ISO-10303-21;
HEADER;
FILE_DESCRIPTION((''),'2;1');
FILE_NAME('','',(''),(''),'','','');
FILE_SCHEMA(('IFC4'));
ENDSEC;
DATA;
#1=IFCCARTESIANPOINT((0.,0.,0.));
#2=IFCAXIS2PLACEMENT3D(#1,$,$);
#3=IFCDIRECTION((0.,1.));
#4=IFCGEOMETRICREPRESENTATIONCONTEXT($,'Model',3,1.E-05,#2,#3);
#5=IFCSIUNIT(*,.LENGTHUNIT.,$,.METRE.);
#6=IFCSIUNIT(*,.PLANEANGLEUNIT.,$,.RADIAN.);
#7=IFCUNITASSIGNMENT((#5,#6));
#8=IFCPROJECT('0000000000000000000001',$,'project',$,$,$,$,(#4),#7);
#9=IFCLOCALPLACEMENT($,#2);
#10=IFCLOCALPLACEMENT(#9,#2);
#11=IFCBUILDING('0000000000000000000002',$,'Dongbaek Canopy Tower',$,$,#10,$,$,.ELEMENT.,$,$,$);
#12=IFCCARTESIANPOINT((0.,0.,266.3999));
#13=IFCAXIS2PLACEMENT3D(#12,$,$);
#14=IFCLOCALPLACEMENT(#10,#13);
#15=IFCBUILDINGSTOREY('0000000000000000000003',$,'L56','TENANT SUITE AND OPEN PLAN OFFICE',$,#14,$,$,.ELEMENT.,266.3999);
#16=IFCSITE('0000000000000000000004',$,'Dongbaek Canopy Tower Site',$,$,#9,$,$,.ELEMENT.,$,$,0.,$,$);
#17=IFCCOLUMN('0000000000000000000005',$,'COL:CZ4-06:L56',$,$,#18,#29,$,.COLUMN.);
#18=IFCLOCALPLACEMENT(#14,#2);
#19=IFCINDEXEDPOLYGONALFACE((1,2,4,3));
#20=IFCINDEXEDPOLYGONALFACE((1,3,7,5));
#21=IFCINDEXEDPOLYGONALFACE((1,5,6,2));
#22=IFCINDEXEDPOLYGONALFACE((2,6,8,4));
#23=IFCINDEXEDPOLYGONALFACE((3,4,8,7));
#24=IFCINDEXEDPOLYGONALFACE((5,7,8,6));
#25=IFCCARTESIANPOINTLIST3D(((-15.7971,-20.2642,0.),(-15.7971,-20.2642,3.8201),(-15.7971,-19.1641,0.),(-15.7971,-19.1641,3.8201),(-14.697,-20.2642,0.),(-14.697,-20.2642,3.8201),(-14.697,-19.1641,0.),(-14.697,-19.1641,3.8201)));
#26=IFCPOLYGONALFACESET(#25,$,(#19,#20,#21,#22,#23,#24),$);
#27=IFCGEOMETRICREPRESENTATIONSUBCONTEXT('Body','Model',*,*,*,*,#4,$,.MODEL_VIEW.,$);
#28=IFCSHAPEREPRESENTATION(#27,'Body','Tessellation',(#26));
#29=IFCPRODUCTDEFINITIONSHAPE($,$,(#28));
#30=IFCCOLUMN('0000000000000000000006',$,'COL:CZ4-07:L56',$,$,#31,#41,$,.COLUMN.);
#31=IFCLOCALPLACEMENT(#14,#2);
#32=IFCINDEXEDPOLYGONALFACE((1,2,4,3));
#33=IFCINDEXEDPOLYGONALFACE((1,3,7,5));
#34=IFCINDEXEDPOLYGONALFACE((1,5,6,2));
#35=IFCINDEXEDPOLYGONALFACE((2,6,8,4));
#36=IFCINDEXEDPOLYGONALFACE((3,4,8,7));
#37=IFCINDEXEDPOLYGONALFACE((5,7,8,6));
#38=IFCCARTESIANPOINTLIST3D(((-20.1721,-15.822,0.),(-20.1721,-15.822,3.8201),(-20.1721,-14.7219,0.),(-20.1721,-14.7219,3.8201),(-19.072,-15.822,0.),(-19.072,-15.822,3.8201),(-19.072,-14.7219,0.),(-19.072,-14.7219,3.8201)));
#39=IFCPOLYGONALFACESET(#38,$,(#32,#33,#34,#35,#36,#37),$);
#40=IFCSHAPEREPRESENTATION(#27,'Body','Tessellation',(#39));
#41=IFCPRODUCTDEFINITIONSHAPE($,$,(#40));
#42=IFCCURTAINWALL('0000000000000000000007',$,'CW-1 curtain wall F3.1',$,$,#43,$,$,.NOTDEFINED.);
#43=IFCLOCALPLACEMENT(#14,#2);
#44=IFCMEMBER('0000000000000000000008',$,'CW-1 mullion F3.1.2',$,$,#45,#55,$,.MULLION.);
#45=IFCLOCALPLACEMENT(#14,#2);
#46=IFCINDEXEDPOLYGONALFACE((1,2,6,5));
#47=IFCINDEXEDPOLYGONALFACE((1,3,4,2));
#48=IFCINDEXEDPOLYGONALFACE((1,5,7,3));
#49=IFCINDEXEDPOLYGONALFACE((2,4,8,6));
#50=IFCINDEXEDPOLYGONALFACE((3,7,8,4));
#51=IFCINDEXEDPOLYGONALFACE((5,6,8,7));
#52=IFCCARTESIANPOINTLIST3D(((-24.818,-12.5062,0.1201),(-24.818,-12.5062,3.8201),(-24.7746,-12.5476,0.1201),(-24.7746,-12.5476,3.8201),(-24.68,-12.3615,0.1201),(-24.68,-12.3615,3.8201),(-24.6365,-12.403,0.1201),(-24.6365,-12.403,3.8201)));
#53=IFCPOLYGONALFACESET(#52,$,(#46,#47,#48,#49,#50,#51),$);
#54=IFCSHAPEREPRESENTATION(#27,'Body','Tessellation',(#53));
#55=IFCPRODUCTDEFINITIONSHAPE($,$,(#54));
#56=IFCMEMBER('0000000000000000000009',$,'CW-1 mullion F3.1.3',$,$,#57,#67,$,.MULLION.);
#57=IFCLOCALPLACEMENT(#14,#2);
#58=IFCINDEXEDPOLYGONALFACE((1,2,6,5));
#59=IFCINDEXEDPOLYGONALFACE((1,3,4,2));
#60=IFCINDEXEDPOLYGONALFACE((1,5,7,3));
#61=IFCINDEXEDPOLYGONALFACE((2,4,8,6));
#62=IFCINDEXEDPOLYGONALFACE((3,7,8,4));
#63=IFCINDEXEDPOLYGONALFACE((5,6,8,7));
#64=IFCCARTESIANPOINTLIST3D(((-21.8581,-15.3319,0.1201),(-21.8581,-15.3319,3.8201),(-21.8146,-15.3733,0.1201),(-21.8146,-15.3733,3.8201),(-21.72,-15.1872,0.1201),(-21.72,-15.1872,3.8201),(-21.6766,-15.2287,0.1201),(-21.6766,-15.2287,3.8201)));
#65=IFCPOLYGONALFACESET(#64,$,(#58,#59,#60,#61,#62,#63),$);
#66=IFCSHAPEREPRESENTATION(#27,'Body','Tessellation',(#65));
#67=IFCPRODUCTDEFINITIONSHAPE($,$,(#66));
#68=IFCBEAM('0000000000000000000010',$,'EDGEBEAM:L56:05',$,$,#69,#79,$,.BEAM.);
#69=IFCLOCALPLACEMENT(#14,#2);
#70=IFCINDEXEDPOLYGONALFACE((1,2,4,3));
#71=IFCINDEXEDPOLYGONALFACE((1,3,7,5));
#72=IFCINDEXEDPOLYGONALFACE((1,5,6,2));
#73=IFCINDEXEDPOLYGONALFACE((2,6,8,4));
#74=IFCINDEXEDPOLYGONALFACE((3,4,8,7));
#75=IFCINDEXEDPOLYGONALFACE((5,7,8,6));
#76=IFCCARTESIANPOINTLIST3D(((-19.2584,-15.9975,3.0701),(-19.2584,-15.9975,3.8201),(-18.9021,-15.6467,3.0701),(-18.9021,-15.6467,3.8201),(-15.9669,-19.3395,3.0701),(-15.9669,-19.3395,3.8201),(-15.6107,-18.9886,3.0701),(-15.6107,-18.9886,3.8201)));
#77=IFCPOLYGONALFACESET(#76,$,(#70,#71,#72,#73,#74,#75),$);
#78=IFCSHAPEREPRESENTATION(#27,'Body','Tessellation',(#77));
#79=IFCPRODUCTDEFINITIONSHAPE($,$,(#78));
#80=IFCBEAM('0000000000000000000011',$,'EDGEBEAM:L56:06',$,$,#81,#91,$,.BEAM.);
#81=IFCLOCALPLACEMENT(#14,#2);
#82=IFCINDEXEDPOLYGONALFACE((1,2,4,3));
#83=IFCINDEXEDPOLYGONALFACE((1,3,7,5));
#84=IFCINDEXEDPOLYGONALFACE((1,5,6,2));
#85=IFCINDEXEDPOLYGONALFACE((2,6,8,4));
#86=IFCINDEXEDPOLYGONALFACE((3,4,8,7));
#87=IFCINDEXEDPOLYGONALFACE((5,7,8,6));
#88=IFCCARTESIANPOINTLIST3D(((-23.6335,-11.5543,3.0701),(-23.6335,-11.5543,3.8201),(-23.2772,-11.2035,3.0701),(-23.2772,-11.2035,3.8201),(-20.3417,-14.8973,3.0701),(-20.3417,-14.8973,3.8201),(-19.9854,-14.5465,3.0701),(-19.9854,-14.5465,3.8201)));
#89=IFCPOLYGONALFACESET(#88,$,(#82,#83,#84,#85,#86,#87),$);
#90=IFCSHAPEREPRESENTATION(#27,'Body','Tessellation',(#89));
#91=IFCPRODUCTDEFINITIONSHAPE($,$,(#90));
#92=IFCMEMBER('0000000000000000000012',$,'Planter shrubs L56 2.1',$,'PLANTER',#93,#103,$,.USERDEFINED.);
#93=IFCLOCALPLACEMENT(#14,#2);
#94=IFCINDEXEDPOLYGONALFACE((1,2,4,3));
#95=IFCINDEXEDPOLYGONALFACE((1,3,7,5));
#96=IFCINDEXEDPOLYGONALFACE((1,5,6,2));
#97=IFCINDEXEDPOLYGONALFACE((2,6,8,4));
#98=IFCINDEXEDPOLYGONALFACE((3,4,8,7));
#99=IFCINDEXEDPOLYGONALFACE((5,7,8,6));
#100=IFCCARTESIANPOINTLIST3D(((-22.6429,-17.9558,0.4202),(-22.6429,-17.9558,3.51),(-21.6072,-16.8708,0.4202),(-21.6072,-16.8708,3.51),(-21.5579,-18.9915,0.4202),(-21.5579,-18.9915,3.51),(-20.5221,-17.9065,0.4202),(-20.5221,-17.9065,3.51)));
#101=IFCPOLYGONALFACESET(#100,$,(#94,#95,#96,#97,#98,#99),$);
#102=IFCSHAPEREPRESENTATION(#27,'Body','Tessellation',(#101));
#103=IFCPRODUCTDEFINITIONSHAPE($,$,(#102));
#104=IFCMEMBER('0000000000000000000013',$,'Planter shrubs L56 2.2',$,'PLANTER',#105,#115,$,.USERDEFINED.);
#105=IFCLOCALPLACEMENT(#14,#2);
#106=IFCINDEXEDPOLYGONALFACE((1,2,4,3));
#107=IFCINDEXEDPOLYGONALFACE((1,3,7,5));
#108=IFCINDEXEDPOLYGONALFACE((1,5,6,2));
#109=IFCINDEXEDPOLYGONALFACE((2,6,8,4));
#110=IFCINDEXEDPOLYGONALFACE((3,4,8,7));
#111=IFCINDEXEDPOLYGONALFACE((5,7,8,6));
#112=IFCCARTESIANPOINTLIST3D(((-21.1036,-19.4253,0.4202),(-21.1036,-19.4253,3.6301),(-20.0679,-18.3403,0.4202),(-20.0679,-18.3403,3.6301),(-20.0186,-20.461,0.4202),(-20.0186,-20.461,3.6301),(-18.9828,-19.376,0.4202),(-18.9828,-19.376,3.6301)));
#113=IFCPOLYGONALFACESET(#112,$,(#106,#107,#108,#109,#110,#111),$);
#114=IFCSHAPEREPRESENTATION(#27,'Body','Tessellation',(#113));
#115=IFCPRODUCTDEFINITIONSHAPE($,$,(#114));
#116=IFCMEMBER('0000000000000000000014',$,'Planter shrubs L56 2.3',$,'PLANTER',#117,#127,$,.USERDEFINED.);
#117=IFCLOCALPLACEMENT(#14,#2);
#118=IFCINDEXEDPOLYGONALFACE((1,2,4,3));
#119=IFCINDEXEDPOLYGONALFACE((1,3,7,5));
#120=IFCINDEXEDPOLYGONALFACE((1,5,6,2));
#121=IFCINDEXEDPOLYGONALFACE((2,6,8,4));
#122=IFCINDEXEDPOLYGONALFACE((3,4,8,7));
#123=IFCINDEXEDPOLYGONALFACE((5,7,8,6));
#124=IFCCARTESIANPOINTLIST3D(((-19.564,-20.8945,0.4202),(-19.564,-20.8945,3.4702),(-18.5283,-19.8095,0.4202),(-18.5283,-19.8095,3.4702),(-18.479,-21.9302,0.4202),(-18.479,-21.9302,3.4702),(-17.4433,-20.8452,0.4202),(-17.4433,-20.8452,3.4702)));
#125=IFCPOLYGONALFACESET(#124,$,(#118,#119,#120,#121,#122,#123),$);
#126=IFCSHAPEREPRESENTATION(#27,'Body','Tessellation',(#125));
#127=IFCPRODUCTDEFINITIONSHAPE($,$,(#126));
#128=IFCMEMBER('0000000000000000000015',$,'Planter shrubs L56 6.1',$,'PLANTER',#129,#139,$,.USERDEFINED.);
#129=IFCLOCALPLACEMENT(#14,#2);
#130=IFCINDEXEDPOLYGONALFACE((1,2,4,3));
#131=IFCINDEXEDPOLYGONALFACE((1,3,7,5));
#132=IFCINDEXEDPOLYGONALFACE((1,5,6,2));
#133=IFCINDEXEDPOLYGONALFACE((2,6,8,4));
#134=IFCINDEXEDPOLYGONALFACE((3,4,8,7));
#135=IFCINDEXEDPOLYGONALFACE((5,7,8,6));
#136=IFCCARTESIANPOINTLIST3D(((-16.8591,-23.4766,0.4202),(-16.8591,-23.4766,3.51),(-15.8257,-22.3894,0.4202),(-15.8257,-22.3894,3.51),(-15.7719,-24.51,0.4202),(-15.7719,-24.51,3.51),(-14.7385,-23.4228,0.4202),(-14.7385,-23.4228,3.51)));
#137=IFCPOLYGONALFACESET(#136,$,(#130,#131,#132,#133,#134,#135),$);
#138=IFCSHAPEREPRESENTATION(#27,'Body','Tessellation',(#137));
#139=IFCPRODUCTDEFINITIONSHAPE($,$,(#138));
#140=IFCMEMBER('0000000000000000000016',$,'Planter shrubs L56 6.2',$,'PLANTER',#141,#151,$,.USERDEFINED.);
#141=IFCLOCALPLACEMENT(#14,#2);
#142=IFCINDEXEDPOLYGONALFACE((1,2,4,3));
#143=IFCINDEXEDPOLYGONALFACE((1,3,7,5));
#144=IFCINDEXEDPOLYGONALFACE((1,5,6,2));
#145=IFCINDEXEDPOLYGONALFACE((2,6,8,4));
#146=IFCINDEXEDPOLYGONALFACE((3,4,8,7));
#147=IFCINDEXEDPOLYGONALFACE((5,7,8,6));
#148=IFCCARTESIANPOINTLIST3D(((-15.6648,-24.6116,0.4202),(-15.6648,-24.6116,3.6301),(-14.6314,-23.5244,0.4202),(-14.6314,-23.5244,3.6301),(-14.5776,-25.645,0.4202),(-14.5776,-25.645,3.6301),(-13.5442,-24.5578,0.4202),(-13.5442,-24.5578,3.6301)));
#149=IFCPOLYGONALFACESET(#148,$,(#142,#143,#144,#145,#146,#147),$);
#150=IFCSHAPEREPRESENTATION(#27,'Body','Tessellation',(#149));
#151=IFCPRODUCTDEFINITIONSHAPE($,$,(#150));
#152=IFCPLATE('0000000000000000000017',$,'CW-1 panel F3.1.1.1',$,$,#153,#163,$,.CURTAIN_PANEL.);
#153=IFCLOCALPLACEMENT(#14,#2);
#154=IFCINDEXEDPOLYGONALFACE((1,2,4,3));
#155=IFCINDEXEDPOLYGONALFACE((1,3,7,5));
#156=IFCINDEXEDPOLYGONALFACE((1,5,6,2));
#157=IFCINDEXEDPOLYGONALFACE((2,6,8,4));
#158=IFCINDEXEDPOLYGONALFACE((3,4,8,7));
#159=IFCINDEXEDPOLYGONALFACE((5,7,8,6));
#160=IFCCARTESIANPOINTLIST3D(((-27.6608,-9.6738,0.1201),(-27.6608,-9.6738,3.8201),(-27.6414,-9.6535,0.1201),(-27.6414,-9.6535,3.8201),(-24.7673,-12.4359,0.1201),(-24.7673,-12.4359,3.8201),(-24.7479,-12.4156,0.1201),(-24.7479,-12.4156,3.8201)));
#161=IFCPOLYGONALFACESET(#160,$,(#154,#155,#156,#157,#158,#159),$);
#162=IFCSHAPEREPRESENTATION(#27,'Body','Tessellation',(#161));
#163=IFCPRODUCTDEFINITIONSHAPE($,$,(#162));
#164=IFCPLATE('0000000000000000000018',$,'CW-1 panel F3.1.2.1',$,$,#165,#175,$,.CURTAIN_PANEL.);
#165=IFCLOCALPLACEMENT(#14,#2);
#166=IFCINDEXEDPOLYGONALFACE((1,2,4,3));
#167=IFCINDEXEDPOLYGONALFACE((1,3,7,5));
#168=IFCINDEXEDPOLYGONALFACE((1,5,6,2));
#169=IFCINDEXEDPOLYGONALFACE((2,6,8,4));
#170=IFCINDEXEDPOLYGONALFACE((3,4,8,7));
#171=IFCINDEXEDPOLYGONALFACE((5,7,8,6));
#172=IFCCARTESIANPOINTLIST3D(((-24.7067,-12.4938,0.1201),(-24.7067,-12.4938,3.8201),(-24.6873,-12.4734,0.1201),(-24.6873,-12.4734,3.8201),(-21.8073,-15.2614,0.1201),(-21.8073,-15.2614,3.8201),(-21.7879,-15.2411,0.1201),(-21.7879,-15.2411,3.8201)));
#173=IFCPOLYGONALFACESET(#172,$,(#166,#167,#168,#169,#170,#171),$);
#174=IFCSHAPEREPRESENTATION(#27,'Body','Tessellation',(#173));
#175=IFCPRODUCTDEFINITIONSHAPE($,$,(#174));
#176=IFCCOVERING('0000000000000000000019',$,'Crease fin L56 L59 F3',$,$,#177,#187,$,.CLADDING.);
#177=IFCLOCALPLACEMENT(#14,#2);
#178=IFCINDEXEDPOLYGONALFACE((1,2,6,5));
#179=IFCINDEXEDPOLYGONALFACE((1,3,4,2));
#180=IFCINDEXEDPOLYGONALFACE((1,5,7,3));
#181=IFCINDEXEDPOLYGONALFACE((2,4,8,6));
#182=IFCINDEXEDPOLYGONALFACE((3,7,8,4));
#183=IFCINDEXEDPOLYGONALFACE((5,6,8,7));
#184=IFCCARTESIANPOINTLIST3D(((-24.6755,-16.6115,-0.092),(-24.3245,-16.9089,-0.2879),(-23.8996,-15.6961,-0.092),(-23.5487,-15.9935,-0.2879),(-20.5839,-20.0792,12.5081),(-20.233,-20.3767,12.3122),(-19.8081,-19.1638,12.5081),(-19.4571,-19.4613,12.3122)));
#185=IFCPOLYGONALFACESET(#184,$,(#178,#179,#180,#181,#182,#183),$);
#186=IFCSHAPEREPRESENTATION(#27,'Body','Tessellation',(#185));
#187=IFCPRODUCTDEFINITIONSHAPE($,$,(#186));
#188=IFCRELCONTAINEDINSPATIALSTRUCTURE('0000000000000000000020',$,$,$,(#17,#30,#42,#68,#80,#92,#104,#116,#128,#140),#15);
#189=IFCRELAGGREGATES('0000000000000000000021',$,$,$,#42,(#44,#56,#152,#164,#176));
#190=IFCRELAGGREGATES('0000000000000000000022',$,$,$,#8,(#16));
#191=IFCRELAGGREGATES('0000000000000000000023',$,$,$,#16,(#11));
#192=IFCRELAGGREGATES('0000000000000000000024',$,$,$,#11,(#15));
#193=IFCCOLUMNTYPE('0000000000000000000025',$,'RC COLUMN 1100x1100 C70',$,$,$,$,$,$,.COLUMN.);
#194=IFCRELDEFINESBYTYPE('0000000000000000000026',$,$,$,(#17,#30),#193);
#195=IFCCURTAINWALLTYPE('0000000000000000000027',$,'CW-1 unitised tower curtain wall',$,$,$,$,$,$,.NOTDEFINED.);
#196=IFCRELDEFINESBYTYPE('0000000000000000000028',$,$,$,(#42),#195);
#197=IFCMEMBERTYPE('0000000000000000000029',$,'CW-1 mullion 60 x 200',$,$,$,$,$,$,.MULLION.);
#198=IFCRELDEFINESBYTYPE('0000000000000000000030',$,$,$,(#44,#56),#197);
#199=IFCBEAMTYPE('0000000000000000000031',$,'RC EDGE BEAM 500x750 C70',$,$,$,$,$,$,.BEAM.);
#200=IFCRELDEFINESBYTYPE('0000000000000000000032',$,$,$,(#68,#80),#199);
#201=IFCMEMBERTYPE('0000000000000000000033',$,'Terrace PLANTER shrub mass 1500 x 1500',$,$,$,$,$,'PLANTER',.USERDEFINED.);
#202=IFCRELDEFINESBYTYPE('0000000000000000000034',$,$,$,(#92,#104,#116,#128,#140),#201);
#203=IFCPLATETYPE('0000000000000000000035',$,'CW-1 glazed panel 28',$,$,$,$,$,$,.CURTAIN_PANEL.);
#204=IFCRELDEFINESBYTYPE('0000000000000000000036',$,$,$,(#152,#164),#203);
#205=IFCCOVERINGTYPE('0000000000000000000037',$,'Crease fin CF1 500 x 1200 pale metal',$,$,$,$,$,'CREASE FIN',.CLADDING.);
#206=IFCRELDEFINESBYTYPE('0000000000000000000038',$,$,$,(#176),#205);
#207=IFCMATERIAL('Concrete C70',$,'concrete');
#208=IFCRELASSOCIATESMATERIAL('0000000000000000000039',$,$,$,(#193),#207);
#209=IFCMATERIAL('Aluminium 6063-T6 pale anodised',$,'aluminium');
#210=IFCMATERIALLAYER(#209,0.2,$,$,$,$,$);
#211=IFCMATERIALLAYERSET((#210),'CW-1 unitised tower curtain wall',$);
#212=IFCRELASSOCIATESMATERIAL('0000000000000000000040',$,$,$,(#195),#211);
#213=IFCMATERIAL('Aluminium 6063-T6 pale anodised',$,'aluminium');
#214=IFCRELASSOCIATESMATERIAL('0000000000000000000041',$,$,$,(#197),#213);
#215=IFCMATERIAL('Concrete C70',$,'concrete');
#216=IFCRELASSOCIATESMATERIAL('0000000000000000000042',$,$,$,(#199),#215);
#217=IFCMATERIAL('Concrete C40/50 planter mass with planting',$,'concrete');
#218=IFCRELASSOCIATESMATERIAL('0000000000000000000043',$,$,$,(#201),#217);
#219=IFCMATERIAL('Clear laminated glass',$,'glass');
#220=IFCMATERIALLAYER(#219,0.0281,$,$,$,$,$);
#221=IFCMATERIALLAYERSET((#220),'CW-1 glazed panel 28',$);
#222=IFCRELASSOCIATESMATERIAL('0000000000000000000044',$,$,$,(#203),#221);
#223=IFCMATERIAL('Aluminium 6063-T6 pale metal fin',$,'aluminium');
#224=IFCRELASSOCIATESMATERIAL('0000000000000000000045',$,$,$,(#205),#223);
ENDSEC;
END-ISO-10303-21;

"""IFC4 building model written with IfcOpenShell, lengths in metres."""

from ifc_helpers import new_model, si_unit, direction, frame, origin, origin_2d, place, context, subcontext, project, spatial, rectangle, extrude, material, layer, layer_set, material_profile, profile_set, type_object, element, aggregate, save


model = new_model("IFC4")

# Units and contexts
model_context = context("Model", 3, precision=1e-05, world=origin(), true_north=direction((0.0, 1.0)))
body_context = subcontext(model_context, "Body", "Model", "MODEL_VIEW")
ifc_project = project(units=[si_unit("LENGTHUNIT", "METRE"), si_unit("PLANEANGLEUNIT", "RADIAN")], contexts=[model_context])

# Site, building, storey
site_placement = place(None, origin())
site = spatial("IfcSite", under=ifc_project, at=site_placement, Name="Dongbaek Canopy Tower Site", CompositionType="ELEMENT", RefElevation=0.0)
building_placement = place(site_placement, origin())
building = spatial("IfcBuilding", under=site, at=building_placement, Name="Dongbaek Canopy Tower", CompositionType="ELEMENT")
storey_placement = place(building_placement, frame((0.0, 0.0, 266.3999)))
storey = spatial("IfcBuildingStorey", under=building, at=storey_placement, Name="L56", Description="TENANT SUITE AND OPEN PLAN OFFICE", CompositionType="ELEMENT", Elevation=266.3999)

# Columns
ifc_material_1 = material(Name="Concrete C70", Category="concrete")
ifc_material_profile_1 = material_profile(ifc_material_1, rectangle(XDim=1.1001, YDim=1.1001, at=origin_2d()), Name="RC COLUMN 1100x1100 C70")
ifc_profile_set_1 = profile_set([ifc_material_profile_1], Name="Concrete C70")
column_type = type_object("IfcColumnType", Name="RC COLUMN 1100x1100 C70", PredefinedType="COLUMN", material=ifc_profile_set_1)
for number, where, z_axis, x_axis, name in (
    (1, (-15.2471, -19.7141, 0.0), (0.0, 0.0, 1.0), (1.0, 0.0, 0.0), "COL:CZ4-06:L56"),
    (2, (-19.6221, -15.272, 0.0), (0.0, 0.0, 1.0), (1.0, 0.0, 0.0), "COL:CZ4-07:L56"),
):
    element("IfcColumn", number, at=place(storey_placement, frame(where, z_axis=z_axis, x_axis=x_axis)), inside=storey, type_object=column_type, Name=name, PredefinedType="COLUMN", context=body_context, shape_type="SweptSolid", body=[
        extrude(rectangle(XDim=1.1001, YDim=1.1001, at=origin_2d()), origin(), (0.0, 0.0, 1.0), 3.8201),
    ])

# Curtain wall, members
ifc_material_2 = material(Name="Aluminium 6063-T6 pale anodised", Category="aluminium")
ifc_layer_1 = layer(ifc_material_2, 0.2)
ifc_layer_set_1 = layer_set([ifc_layer_1], Name="CW-1 unitised tower curtain wall")
curtain_wall_type = type_object("IfcCurtainWallType", Name="CW-1 unitised tower curtain wall", PredefinedType="NOTDEFINED", material=ifc_layer_set_1)
curtain_wall_placement = place(storey_placement, origin())
curtain_wall = element("IfcCurtainWall", 3, at=curtain_wall_placement, inside=storey, type_object=curtain_wall_type, Name="CW-1 curtain wall F3.1", PredefinedType="NOTDEFINED")
ifc_material_3 = material(Name="Aluminium 6063-T6 pale anodised", Category="aluminium")
ifc_material_profile_2 = material_profile(ifc_material_3, rectangle(XDim=0.2, YDim=0.0601, at=origin_2d()), Name="CW-1 mullion 60 x 200")
ifc_profile_set_2 = profile_set([ifc_material_profile_2], Name="Aluminium 6063-T6 pale anodised")
member_type_1 = type_object("IfcMemberType", Name="CW-1 mullion 60 x 200", PredefinedType="MULLION", material=ifc_profile_set_2)
member_1_placement = place(storey_placement, frame((-24.7273, -12.4546, 0.1201), z_axis=(0.0, 0.0, 1.0), x_axis=(-0.690482, -0.72335, 0.0)))
member_1 = element("IfcMember", 4, at=member_1_placement, type_object=member_type_1, Name="CW-1 mullion F3.1.2", PredefinedType="MULLION", context=body_context, shape_type="SweptSolid", body=[
    extrude(rectangle(XDim=0.2, YDim=0.0601, at=origin_2d()), origin(), (0.0, 0.0, 1.0), 3.7),
])
member_2_placement = place(storey_placement, frame((-21.7673, -15.2803, 0.1201), z_axis=(0.0, 0.0, 1.0), x_axis=(-0.690482, -0.72335, 0.0)))
member_2 = element("IfcMember", 5, at=member_2_placement, type_object=member_type_1, Name="CW-1 mullion F3.1.3", PredefinedType="MULLION", context=body_context, shape_type="SweptSolid", body=[
    extrude(rectangle(XDim=0.2, YDim=0.0601, at=origin_2d()), origin(), (0.0, 0.0, 1.0), 3.7),
])

# Beams
ifc_material_4 = material(Name="Concrete C70", Category="concrete")
ifc_material_profile_3 = material_profile(ifc_material_4, rectangle(XDim=0.5, YDim=0.75, at=origin_2d()), Name="RC EDGE BEAM 500x750 C70")
ifc_profile_set_3 = profile_set([ifc_material_profile_3], Name="Concrete C70")
beam_type = type_object("IfcBeamType", Name="RC EDGE BEAM 500x750 C70", PredefinedType="BEAM", material=ifc_profile_set_3)
beam_1_placement = place(storey_placement, frame((-15.7888, -19.1641, 3.4451), z_axis=(-0.701699, 0.712473, 0.0), x_axis=(-0.712473, -0.701699, 0.0)))
element("IfcBeam", 6, at=beam_1_placement, inside=storey, type_object=beam_type, Name="EDGEBEAM:L56:05", PredefinedType="BEAM", context=body_context, shape_type="SweptSolid", body=[
    extrude(rectangle(XDim=0.5, YDim=0.75, at=origin_2d()), origin(), (0.0, 0.0, 1.0), 4.6907),
])
beam_2_placement = place(storey_placement, frame((-20.1636, -14.7219, 3.4451), z_axis=(-0.701622, 0.71255, 0.0), x_axis=(-0.71255, -0.701622, 0.0)))
element("IfcBeam", 7, at=beam_2_placement, inside=storey, type_object=beam_type, Name="EDGEBEAM:L56:06", PredefinedType="BEAM", context=body_context, shape_type="SweptSolid", body=[
    extrude(rectangle(XDim=0.5, YDim=0.75, at=origin_2d()), origin(), (0.0, 0.0, 1.0), 4.6917),
])

# Members
ifc_material_5 = material(Name="Concrete C40/50 planter mass with planting", Category="concrete")
ifc_material_profile_4 = material_profile(ifc_material_5, rectangle(XDim=1.5, YDim=1.5, at=origin_2d()), Name="Terrace PLANTER shrub mass 1500 x 1500")
ifc_profile_set_4 = profile_set([ifc_material_profile_4], Name="Concrete C40/50 planter mass with planting")
member_type_2 = type_object("IfcMemberType", Name="Terrace PLANTER shrub mass 1500 x 1500", ElementType="PLANTER", PredefinedType="USERDEFINED", material=ifc_profile_set_4)
member_3_placement = place(storey_placement, frame((-21.5825, -17.9312, 0.4202), z_axis=(0.0, 0.0, 1.0), x_axis=(-0.690482, -0.72335, 0.0)))
element("IfcMember", 8, at=member_3_placement, inside=storey, type_object=member_type_2, Name="Planter shrubs L56 2.1", ObjectType="PLANTER", PredefinedType="USERDEFINED", context=body_context, shape_type="SweptSolid", body=[
    extrude(rectangle(XDim=1.5, YDim=1.5, at=origin_2d()), origin(), (0.0, 0.0, 1.0), 3.0898),
])
member_4_placement = place(storey_placement, frame((-20.0432, -19.4006, 0.4202), z_axis=(0.0, 0.0, 1.0), x_axis=(-0.690482, -0.72335, 0.0)))
element("IfcMember", 9, at=member_4_placement, inside=storey, type_object=member_type_2, Name="Planter shrubs L56 2.2", ObjectType="PLANTER", PredefinedType="USERDEFINED", context=body_context, shape_type="SweptSolid", body=[
    extrude(rectangle(XDim=1.5, YDim=1.5, at=origin_2d()), origin(), (0.0, 0.0, 1.0), 3.21),
])
member_5_placement = place(storey_placement, frame((-18.5037, -20.8699, 0.4202), z_axis=(0.0, 0.0, 1.0), x_axis=(-0.690482, -0.72335, 0.0)))
element("IfcMember", 10, at=member_5_placement, inside=storey, type_object=member_type_2, Name="Planter shrubs L56 2.3", ObjectType="PLANTER", PredefinedType="USERDEFINED", context=body_context, shape_type="SweptSolid", body=[
    extrude(rectangle(XDim=1.5, YDim=1.5, at=origin_2d()), origin(), (0.0, 0.0, 1.0), 3.05),
])
member_6_placement = place(storey_placement, frame((-15.7988, -23.4497, 0.4202), z_axis=(0.0, 0.0, 1.0), x_axis=(-0.688957, -0.724803, 0.0)))
element("IfcMember", 11, at=member_6_placement, inside=storey, type_object=member_type_2, Name="Planter shrubs L56 6.1", ObjectType="PLANTER", PredefinedType="USERDEFINED", context=body_context, shape_type="SweptSolid", body=[
    extrude(rectangle(XDim=1.5, YDim=1.5, at=origin_2d()), origin(), (0.0, 0.0, 1.0), 3.0898),
])
member_7_placement = place(storey_placement, frame((-14.6045, -24.5847, 0.4202), z_axis=(0.0, 0.0, 1.0), x_axis=(-0.688957, -0.724803, 0.0)))
element("IfcMember", 12, at=member_7_placement, inside=storey, type_object=member_type_2, Name="Planter shrubs L56 6.2", ObjectType="PLANTER", PredefinedType="USERDEFINED", context=body_context, shape_type="SweptSolid", body=[
    extrude(rectangle(XDim=1.5, YDim=1.5, at=origin_2d()), origin(), (0.0, 0.0, 1.0), 3.21),
])

# Plates
ifc_material_6 = material(Name="Clear laminated glass", Category="glass")
ifc_layer_2 = layer(ifc_material_6, 0.0281)
ifc_layer_set_2 = layer_set([ifc_layer_2], Name="CW-1 glazed panel 28")
plate_type = type_object("IfcPlateType", Name="CW-1 glazed panel 28", PredefinedType="CURTAIN_PANEL", material=ifc_layer_set_2)
plate_1_placement = place(storey_placement, frame((-26.2043, -11.0447, 0.1201), z_axis=(0.0, 0.0, 1.0), x_axis=(0.72335, -0.690482, 0.0)))
plate_1 = element("IfcPlate", 13, at=plate_1_placement, type_object=plate_type, Name="CW-1 panel F3.1.1.1", PredefinedType="CURTAIN_PANEL", context=body_context, shape_type="SweptSolid", body=[
    extrude(rectangle(XDim=4.0002, YDim=0.0281, at=origin_2d()), origin(), (0.0, 0.0, 1.0), 3.7),
])
plate_2_placement = place(storey_placement, frame((-23.2473, -13.8674, 0.1201), z_axis=(0.0, 0.0, 1.0), x_axis=(0.72335, -0.690482, 0.0)))
plate_2 = element("IfcPlate", 14, at=plate_2_placement, type_object=plate_type, Name="CW-1 panel F3.1.2.1", PredefinedType="CURTAIN_PANEL", context=body_context, shape_type="SweptSolid", body=[
    extrude(rectangle(XDim=4.0083, YDim=0.0281, at=origin_2d()), origin(), (0.0, 0.0, 1.0), 3.7),
])

# Covering
ifc_material_7 = material(Name="Aluminium 6063-T6 pale metal fin", Category="aluminium")
ifc_material_profile_5 = material_profile(ifc_material_7, rectangle(XDim=1.2, YDim=0.5, at=origin_2d()), Name="Crease fin CF1 500 x 1200 pale metal")
ifc_profile_set_5 = profile_set([ifc_material_profile_5], Name="Aluminium 6063-T6 pale metal fin")
covering_type_1 = type_object("IfcCoveringType", Name="Crease fin CF1 500 x 1200 pale metal", ElementType="CREASE FIN", PredefinedType="CLADDING", material=ifc_profile_set_5)
covering_1_placement = place(storey_placement, frame((-24.1121, -16.3025, -0.1899), z_axis=(0.298782, -0.253231, 0.920111), x_axis=(0.64656, 0.762863, 0.0)))
covering_1 = element("IfcCovering", 15, at=covering_1_placement, type_object=covering_type_1, Name="Crease fin L56 L59 F3", PredefinedType="CLADDING", context=body_context, shape_type="SweptSolid", body=[
    extrude(rectangle(XDim=1.2, YDim=0.5, at=origin_2d()), origin(), (0.0, 0.0, 1.0), 13.6941),
])
aggregate(curtain_wall, [member_1, member_2, plate_1, plate_2, covering_1])

save(model, "model.ifc")
